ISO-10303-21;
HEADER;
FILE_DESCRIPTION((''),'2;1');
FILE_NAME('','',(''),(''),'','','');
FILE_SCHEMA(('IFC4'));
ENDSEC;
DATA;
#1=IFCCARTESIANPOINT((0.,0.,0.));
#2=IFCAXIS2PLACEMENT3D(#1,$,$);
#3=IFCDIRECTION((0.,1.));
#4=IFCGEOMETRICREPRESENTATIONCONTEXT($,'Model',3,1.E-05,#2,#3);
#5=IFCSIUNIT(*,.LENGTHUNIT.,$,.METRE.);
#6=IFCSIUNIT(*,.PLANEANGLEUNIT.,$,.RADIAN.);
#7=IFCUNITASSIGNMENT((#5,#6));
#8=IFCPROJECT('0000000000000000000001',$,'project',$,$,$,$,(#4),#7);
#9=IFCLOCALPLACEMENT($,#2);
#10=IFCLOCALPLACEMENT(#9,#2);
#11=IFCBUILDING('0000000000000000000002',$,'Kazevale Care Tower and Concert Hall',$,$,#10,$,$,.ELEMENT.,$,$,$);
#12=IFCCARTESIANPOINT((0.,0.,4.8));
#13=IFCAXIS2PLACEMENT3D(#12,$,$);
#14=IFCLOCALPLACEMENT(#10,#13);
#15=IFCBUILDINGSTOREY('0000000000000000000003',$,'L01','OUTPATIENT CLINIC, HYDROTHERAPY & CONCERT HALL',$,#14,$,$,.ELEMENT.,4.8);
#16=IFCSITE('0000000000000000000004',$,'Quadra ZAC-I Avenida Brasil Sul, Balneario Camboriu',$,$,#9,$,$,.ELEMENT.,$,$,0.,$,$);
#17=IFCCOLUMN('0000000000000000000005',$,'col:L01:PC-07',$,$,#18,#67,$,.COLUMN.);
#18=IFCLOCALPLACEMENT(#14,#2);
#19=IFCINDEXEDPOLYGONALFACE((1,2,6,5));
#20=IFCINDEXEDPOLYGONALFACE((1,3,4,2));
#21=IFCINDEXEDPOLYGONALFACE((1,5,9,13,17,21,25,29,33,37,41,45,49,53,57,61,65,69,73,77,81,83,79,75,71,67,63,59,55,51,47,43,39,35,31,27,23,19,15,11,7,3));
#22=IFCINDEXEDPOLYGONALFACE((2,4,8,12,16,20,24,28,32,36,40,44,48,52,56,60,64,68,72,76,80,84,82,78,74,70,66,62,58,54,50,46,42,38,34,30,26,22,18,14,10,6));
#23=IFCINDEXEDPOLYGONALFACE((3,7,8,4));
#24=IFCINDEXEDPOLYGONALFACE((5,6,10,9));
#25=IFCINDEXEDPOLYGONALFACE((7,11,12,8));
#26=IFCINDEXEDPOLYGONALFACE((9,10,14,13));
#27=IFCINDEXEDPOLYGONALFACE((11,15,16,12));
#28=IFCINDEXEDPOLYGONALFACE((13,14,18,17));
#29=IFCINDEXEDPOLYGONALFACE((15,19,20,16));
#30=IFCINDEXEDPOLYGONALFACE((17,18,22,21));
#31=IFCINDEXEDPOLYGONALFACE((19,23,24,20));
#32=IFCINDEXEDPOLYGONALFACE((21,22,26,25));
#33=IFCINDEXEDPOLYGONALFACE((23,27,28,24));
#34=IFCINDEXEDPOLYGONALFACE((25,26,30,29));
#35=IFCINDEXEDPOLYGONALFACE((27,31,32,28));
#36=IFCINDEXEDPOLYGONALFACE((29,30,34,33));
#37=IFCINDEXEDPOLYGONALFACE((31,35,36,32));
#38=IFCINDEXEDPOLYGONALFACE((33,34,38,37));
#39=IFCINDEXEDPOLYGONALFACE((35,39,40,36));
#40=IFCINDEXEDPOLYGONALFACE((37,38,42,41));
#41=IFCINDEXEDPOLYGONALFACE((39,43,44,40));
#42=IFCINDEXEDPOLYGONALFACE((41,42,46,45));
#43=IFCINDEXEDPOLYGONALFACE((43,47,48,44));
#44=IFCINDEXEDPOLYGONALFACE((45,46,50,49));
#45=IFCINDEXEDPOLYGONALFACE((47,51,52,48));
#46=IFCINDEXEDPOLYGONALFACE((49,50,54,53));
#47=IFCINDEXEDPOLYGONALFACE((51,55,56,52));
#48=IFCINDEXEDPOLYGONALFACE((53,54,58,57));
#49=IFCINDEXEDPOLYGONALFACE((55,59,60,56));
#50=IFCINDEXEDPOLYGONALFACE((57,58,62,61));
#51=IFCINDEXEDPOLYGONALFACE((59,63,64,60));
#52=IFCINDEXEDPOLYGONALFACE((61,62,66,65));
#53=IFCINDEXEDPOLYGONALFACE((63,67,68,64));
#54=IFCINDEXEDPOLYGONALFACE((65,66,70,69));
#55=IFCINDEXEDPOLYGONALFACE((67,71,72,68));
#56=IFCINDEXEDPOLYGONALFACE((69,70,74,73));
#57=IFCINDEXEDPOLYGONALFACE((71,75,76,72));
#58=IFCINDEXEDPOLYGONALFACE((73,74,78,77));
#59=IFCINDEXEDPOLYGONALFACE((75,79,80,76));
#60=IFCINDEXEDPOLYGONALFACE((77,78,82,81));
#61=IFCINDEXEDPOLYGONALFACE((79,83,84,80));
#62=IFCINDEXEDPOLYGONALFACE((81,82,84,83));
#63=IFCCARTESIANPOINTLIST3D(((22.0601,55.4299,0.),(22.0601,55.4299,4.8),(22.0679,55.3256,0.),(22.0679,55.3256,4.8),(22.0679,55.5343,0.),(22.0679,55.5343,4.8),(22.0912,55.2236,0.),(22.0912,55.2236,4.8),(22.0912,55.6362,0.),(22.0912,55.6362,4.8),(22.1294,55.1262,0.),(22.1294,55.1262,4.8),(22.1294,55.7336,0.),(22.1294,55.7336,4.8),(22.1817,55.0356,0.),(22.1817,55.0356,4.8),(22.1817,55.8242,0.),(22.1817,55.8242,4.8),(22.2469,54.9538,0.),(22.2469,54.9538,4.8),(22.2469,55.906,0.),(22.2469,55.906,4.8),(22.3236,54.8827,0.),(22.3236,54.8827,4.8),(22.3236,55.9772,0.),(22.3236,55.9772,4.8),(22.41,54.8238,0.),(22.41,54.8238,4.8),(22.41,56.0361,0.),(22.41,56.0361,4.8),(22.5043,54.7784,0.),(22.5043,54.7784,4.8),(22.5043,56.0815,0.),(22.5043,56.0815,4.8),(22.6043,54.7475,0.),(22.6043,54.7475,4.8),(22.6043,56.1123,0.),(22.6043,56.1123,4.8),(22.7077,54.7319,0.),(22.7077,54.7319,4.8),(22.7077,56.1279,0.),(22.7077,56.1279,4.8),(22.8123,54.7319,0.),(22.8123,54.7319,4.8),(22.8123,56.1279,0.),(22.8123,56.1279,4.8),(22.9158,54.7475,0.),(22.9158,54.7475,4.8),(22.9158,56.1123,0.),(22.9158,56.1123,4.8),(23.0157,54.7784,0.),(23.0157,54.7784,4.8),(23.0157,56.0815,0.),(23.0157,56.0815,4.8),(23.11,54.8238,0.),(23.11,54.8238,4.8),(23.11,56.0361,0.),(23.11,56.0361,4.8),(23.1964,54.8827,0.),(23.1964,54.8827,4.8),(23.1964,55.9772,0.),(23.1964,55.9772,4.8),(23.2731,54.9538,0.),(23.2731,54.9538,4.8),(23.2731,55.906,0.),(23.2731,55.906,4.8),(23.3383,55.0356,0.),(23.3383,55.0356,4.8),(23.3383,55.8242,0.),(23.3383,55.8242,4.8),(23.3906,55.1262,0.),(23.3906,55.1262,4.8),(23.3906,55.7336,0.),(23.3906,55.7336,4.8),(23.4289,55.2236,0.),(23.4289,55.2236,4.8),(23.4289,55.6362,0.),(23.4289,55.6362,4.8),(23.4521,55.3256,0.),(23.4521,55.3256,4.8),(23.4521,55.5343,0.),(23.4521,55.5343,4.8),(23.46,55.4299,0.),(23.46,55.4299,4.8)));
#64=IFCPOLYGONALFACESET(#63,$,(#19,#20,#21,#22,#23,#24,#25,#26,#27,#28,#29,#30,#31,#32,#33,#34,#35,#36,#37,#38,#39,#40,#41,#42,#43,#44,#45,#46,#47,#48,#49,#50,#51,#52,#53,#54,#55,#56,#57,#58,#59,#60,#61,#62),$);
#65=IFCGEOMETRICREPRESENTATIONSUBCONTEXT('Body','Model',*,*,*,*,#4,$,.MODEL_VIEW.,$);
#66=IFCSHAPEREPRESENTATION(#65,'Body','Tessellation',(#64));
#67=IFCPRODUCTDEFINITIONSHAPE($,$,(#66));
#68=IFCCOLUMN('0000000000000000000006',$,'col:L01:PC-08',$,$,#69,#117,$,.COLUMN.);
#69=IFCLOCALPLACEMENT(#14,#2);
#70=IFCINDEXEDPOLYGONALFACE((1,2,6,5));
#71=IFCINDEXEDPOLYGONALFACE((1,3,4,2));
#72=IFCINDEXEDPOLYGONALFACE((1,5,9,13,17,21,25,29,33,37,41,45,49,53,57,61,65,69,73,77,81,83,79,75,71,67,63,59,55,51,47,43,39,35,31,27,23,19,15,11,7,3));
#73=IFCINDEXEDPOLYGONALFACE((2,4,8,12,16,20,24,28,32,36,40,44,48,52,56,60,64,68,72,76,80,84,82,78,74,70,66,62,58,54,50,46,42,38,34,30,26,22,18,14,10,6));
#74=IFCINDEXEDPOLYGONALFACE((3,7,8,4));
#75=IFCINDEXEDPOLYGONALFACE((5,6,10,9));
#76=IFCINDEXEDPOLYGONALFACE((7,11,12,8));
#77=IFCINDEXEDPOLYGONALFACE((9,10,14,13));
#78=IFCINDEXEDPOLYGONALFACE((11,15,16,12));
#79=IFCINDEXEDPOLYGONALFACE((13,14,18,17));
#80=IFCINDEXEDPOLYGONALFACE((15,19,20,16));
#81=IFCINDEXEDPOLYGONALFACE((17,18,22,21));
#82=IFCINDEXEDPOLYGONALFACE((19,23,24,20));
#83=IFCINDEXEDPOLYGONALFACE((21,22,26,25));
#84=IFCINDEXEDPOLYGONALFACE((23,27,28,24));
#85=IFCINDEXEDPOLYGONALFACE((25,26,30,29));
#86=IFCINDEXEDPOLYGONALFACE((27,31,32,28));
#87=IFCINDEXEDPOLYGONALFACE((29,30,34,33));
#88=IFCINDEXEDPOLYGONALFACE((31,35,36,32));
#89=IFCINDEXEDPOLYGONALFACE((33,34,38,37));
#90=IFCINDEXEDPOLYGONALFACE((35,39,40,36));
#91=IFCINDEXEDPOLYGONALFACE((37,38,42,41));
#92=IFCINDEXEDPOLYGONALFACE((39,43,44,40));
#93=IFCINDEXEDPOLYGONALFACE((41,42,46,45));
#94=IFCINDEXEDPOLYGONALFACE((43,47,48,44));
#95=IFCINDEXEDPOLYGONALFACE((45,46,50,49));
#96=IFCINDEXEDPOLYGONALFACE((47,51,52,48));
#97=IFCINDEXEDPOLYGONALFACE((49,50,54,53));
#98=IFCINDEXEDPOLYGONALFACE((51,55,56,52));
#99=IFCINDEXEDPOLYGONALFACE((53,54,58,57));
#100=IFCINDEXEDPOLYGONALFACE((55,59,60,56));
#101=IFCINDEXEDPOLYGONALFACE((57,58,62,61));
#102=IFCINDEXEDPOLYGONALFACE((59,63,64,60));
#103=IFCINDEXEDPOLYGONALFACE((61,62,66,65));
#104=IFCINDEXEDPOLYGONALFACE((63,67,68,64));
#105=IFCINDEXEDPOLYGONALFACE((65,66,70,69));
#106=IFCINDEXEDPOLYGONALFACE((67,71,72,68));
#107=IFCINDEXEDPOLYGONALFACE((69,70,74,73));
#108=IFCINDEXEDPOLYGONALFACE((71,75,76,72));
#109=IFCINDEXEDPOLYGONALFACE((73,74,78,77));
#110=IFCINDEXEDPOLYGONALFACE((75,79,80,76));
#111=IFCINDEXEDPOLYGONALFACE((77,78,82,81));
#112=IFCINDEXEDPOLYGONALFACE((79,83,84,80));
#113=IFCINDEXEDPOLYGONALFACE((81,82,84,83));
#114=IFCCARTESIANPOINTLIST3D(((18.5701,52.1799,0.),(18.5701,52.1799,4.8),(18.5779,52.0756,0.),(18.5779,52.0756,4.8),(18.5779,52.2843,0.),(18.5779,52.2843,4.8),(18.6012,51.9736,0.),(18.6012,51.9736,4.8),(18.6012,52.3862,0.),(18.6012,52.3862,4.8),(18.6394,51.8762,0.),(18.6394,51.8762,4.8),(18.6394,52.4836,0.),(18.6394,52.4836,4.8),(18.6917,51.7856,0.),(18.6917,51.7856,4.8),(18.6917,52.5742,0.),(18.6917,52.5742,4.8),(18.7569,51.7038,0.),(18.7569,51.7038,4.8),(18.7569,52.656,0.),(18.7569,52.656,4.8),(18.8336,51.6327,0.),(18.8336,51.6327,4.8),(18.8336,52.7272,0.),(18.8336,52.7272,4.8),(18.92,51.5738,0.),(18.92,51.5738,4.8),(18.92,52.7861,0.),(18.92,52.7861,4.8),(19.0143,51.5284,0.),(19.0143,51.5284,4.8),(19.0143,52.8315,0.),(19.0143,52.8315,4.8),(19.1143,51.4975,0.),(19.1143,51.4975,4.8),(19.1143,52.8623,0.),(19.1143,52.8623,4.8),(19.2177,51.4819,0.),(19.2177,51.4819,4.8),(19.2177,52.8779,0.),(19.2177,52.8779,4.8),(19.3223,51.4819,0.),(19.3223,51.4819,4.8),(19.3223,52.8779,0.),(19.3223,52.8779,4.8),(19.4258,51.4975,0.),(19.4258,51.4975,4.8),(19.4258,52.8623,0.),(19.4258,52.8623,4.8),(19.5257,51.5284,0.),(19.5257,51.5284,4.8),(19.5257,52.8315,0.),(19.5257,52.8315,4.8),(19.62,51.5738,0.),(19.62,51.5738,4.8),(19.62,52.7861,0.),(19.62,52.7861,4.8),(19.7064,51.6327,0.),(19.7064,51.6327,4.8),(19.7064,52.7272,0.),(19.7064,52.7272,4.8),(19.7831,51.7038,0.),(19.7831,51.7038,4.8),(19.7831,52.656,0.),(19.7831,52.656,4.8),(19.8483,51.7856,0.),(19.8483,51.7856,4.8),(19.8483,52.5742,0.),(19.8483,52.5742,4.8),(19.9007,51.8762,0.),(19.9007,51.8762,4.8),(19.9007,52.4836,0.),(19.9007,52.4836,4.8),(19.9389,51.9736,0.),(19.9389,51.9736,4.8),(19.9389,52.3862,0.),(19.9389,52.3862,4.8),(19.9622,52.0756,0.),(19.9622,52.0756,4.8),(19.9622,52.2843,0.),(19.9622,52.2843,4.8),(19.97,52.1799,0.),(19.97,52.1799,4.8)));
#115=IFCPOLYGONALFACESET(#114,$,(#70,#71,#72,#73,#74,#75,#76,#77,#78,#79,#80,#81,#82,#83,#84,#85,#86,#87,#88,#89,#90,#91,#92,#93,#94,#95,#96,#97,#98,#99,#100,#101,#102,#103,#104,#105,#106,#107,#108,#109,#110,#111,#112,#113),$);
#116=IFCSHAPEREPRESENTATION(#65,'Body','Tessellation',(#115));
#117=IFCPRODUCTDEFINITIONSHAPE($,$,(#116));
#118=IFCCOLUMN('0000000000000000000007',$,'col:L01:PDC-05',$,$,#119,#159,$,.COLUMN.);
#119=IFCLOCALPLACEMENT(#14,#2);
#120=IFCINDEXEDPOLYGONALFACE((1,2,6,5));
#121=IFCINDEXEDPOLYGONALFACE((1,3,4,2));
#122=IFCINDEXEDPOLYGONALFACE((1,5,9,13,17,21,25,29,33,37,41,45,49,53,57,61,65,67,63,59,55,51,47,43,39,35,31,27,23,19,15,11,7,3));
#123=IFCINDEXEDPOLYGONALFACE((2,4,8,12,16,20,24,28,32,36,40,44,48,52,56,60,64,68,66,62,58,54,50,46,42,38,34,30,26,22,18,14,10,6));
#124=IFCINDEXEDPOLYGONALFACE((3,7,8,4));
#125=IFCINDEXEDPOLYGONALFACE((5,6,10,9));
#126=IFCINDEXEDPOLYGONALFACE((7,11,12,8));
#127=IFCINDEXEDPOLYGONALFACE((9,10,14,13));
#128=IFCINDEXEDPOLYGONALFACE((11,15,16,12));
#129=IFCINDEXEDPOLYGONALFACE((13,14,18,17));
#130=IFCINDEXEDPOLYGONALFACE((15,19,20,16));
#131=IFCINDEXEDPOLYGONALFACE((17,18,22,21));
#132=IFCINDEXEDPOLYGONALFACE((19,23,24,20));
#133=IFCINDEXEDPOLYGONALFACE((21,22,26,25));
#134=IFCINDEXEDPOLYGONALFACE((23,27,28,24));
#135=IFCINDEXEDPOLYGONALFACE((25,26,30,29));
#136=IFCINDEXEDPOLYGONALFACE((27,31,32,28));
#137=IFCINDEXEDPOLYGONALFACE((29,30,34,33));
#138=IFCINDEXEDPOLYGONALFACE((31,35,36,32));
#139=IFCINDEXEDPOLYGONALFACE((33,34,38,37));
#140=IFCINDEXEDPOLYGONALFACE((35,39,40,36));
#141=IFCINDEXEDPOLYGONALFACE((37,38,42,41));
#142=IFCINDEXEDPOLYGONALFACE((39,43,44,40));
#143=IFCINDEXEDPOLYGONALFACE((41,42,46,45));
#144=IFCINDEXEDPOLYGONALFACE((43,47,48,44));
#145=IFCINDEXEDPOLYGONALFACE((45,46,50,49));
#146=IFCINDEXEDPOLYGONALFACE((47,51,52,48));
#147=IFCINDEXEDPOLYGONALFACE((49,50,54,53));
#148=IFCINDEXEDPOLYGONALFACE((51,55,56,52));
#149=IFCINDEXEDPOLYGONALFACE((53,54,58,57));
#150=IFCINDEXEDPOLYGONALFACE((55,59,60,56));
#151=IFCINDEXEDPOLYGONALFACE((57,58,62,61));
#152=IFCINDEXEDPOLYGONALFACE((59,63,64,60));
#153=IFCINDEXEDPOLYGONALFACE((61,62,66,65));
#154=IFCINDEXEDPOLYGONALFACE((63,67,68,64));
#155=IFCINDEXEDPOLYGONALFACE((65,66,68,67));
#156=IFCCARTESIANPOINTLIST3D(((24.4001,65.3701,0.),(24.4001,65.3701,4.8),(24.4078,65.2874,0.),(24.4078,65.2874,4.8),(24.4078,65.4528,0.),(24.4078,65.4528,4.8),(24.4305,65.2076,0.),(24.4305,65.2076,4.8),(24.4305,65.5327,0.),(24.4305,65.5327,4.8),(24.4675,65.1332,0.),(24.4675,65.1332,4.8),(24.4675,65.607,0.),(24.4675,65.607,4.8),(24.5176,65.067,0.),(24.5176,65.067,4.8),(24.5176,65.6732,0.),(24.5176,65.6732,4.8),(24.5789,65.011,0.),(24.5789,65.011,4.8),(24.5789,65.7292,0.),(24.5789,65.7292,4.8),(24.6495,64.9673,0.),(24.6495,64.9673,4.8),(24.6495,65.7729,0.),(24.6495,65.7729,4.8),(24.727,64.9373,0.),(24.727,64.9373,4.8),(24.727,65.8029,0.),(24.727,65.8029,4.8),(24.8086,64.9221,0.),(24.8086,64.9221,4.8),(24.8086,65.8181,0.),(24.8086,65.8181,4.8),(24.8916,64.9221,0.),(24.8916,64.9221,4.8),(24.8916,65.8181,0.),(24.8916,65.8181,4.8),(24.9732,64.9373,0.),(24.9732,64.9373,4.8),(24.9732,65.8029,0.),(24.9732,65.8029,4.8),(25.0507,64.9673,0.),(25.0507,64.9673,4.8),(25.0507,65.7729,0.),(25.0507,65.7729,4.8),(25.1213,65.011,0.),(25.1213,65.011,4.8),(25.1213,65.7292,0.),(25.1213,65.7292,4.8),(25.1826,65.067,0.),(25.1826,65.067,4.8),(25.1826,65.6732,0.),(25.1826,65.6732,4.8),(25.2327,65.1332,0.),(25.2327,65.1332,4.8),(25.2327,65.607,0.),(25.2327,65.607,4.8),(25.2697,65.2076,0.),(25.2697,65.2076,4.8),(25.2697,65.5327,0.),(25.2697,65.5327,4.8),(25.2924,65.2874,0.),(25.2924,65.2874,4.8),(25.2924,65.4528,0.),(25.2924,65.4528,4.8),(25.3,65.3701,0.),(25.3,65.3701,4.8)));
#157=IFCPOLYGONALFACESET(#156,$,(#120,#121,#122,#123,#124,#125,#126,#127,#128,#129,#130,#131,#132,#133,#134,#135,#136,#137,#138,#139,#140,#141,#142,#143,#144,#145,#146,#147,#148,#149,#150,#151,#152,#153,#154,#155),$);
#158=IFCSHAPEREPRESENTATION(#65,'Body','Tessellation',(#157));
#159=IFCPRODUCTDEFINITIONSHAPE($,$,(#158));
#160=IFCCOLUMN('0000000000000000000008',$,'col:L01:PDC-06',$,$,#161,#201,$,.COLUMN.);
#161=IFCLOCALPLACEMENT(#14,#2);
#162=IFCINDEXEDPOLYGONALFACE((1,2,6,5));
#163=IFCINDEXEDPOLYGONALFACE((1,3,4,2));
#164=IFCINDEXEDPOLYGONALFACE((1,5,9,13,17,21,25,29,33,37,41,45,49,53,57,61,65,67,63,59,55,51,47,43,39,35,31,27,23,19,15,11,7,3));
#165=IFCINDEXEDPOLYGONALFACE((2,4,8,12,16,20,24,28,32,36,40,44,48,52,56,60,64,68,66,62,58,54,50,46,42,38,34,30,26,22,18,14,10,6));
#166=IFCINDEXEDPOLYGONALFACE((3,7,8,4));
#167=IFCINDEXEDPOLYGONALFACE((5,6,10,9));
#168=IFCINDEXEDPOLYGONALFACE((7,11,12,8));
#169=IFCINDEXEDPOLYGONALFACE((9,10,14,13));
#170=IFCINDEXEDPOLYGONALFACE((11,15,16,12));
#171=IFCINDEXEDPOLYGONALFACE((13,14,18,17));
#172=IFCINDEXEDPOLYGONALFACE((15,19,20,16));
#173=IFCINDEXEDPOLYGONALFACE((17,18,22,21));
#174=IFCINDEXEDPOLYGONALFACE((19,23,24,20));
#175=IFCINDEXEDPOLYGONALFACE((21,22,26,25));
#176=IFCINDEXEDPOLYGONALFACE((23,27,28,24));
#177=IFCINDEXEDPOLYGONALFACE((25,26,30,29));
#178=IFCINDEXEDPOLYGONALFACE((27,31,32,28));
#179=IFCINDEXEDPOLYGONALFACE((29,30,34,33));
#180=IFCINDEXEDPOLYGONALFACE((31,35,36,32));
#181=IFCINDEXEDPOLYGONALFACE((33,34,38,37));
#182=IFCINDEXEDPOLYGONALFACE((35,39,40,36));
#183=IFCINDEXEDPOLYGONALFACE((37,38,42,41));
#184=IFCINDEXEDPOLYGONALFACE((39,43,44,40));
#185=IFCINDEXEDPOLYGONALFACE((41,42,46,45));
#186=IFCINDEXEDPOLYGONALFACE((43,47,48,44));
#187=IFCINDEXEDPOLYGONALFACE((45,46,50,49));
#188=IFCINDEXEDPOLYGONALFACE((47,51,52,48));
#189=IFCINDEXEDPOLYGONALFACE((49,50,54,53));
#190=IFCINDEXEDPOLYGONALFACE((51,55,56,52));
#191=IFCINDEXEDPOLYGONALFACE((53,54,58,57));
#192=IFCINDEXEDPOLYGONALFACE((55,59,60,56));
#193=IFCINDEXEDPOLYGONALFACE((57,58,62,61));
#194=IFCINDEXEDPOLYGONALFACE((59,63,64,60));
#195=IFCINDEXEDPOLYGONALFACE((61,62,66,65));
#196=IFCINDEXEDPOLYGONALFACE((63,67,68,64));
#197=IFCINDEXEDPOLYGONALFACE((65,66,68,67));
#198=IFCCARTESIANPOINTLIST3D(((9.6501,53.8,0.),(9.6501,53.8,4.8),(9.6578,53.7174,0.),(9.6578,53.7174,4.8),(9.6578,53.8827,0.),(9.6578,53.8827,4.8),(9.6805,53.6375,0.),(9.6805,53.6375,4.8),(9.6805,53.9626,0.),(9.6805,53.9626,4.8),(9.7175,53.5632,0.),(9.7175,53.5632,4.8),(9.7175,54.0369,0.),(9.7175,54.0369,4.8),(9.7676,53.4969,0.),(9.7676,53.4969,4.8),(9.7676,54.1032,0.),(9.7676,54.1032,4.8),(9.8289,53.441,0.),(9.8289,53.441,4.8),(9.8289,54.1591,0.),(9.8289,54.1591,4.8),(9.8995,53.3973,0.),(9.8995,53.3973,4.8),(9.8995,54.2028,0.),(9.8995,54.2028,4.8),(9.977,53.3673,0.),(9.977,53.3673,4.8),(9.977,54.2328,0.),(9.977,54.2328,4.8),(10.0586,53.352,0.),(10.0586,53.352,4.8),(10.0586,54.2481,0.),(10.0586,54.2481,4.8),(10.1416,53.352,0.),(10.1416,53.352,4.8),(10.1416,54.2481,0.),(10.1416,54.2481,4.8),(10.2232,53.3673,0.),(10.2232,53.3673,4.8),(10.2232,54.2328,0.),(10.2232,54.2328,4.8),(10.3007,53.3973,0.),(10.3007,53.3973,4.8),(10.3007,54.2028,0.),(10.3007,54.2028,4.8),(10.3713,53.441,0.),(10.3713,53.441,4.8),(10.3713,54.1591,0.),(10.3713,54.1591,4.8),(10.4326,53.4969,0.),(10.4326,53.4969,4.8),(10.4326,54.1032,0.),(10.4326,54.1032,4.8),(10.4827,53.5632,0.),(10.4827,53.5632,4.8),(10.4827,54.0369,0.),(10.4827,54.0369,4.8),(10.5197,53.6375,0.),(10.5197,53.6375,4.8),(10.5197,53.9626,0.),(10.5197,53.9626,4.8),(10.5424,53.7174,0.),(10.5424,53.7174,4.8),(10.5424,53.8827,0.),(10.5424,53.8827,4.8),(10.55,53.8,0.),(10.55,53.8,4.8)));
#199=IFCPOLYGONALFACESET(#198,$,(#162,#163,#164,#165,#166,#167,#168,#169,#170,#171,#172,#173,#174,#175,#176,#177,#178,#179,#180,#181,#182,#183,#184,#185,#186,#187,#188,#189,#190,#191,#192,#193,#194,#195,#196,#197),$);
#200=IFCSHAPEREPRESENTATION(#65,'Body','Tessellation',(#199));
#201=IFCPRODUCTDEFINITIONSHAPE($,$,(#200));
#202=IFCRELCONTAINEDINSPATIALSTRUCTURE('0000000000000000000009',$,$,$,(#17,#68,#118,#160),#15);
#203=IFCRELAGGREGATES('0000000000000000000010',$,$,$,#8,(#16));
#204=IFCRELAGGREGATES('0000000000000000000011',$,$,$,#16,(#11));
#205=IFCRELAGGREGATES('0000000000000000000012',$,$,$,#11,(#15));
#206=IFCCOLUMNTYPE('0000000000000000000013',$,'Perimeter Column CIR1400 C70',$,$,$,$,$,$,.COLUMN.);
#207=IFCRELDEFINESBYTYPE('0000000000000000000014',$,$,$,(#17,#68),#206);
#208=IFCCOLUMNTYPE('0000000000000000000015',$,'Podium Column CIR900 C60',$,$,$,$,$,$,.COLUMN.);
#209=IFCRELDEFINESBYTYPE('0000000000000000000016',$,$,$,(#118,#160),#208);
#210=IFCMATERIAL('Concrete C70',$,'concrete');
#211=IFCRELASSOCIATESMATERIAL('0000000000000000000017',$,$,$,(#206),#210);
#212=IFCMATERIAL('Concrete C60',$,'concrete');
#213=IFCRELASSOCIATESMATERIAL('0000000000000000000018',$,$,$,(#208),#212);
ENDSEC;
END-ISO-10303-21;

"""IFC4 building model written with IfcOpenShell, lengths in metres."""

from ifc_helpers import new_model, si_unit, direction, frame, origin, origin_2d, place, context, subcontext, project, spatial, circle, extrude, material, material_profile, profile_set, type_object, element, save


model = new_model("IFC4")

# Units and contexts
model_context = context("Model", 3, precision=1e-05, world=origin(), true_north=direction((0.0, 1.0)))
body_context = subcontext(model_context, "Body", "Model", "MODEL_VIEW")
ifc_project = project(units=[si_unit("LENGTHUNIT", "METRE"), si_unit("PLANEANGLEUNIT", "RADIAN")], contexts=[model_context])

# Site, building, storey
site_placement = place(None, origin())
site = spatial("IfcSite", under=ifc_project, at=site_placement, Name="Quadra ZAC-I Avenida Brasil Sul, Balneario Camboriu", CompositionType="ELEMENT", RefElevation=0.0)
building_placement = place(site_placement, origin())
building = spatial("IfcBuilding", under=site, at=building_placement, Name="Kazevale Care Tower and Concert Hall", CompositionType="ELEMENT")
storey_placement = place(building_placement, frame((0.0, 0.0, 4.8)))
storey = spatial("IfcBuildingStorey", under=building, at=storey_placement, Name="L01", Description="OUTPATIENT CLINIC, HYDROTHERAPY & CONCERT HALL", CompositionType="ELEMENT", Elevation=4.8)

# Columns
ifc_material_1 = material(Name="Concrete C70", Category="concrete")
ifc_material_profile_1 = material_profile(ifc_material_1, circle(Radius=0.7, at=origin_2d()), Name="RC-CIR1400")
ifc_profile_set_1 = profile_set([ifc_material_profile_1], Name="Concrete C70")
column_type_1 = type_object("IfcColumnType", Name="Perimeter Column CIR1400 C70", PredefinedType="COLUMN", material=ifc_profile_set_1)
for number, where, z_axis, x_axis, name in (
    (1, (22.76, 55.4299, 0.0), (0.0, 0.0, 1.0), (1.0, 0.0, 0.0), "col:L01:PC-07"),
    (2, (19.27, 52.1799, 0.0), (0.0, 0.0, 1.0), (1.0, 0.0, 0.0), "col:L01:PC-08"),
):
    element("IfcColumn", number, at=place(storey_placement, frame(where, z_axis=z_axis, x_axis=x_axis)), inside=storey, type_object=column_type_1, Name=name, PredefinedType="COLUMN", context=body_context, shape_type="SweptSolid", body=[
        extrude(circle(Radius=0.7, at=origin_2d()), origin(), (0.0, 0.0, 1.0), 4.8),
    ])
ifc_material_2 = material(Name="Concrete C60", Category="concrete")
ifc_material_profile_2 = material_profile(ifc_material_2, circle(Radius=0.45, at=origin_2d()), Name="RC-CIR900")
ifc_profile_set_2 = profile_set([ifc_material_profile_2], Name="Concrete C60")
column_type_2 = type_object("IfcColumnType", Name="Podium Column CIR900 C60", PredefinedType="COLUMN", material=ifc_profile_set_2)
for number, where, z_axis, x_axis, name in (
    (3, (24.8501, 65.3701, 0.0), (0.0, 0.0, 1.0), (1.0, 0.0, 0.0), "col:L01:PDC-05"),
    (4, (10.1001, 53.8, 0.0), (0.0, 0.0, 1.0), (1.0, 0.0, 0.0), "col:L01:PDC-06"),
):
    element("IfcColumn", number, at=place(storey_placement, frame(where, z_axis=z_axis, x_axis=x_axis)), inside=storey, type_object=column_type_2, Name=name, PredefinedType="COLUMN", context=body_context, shape_type="SweptSolid", body=[
        extrude(circle(Radius=0.45, at=origin_2d()), origin(), (0.0, 0.0, 1.0), 4.8),
    ])

save(model, "model.ifc")
